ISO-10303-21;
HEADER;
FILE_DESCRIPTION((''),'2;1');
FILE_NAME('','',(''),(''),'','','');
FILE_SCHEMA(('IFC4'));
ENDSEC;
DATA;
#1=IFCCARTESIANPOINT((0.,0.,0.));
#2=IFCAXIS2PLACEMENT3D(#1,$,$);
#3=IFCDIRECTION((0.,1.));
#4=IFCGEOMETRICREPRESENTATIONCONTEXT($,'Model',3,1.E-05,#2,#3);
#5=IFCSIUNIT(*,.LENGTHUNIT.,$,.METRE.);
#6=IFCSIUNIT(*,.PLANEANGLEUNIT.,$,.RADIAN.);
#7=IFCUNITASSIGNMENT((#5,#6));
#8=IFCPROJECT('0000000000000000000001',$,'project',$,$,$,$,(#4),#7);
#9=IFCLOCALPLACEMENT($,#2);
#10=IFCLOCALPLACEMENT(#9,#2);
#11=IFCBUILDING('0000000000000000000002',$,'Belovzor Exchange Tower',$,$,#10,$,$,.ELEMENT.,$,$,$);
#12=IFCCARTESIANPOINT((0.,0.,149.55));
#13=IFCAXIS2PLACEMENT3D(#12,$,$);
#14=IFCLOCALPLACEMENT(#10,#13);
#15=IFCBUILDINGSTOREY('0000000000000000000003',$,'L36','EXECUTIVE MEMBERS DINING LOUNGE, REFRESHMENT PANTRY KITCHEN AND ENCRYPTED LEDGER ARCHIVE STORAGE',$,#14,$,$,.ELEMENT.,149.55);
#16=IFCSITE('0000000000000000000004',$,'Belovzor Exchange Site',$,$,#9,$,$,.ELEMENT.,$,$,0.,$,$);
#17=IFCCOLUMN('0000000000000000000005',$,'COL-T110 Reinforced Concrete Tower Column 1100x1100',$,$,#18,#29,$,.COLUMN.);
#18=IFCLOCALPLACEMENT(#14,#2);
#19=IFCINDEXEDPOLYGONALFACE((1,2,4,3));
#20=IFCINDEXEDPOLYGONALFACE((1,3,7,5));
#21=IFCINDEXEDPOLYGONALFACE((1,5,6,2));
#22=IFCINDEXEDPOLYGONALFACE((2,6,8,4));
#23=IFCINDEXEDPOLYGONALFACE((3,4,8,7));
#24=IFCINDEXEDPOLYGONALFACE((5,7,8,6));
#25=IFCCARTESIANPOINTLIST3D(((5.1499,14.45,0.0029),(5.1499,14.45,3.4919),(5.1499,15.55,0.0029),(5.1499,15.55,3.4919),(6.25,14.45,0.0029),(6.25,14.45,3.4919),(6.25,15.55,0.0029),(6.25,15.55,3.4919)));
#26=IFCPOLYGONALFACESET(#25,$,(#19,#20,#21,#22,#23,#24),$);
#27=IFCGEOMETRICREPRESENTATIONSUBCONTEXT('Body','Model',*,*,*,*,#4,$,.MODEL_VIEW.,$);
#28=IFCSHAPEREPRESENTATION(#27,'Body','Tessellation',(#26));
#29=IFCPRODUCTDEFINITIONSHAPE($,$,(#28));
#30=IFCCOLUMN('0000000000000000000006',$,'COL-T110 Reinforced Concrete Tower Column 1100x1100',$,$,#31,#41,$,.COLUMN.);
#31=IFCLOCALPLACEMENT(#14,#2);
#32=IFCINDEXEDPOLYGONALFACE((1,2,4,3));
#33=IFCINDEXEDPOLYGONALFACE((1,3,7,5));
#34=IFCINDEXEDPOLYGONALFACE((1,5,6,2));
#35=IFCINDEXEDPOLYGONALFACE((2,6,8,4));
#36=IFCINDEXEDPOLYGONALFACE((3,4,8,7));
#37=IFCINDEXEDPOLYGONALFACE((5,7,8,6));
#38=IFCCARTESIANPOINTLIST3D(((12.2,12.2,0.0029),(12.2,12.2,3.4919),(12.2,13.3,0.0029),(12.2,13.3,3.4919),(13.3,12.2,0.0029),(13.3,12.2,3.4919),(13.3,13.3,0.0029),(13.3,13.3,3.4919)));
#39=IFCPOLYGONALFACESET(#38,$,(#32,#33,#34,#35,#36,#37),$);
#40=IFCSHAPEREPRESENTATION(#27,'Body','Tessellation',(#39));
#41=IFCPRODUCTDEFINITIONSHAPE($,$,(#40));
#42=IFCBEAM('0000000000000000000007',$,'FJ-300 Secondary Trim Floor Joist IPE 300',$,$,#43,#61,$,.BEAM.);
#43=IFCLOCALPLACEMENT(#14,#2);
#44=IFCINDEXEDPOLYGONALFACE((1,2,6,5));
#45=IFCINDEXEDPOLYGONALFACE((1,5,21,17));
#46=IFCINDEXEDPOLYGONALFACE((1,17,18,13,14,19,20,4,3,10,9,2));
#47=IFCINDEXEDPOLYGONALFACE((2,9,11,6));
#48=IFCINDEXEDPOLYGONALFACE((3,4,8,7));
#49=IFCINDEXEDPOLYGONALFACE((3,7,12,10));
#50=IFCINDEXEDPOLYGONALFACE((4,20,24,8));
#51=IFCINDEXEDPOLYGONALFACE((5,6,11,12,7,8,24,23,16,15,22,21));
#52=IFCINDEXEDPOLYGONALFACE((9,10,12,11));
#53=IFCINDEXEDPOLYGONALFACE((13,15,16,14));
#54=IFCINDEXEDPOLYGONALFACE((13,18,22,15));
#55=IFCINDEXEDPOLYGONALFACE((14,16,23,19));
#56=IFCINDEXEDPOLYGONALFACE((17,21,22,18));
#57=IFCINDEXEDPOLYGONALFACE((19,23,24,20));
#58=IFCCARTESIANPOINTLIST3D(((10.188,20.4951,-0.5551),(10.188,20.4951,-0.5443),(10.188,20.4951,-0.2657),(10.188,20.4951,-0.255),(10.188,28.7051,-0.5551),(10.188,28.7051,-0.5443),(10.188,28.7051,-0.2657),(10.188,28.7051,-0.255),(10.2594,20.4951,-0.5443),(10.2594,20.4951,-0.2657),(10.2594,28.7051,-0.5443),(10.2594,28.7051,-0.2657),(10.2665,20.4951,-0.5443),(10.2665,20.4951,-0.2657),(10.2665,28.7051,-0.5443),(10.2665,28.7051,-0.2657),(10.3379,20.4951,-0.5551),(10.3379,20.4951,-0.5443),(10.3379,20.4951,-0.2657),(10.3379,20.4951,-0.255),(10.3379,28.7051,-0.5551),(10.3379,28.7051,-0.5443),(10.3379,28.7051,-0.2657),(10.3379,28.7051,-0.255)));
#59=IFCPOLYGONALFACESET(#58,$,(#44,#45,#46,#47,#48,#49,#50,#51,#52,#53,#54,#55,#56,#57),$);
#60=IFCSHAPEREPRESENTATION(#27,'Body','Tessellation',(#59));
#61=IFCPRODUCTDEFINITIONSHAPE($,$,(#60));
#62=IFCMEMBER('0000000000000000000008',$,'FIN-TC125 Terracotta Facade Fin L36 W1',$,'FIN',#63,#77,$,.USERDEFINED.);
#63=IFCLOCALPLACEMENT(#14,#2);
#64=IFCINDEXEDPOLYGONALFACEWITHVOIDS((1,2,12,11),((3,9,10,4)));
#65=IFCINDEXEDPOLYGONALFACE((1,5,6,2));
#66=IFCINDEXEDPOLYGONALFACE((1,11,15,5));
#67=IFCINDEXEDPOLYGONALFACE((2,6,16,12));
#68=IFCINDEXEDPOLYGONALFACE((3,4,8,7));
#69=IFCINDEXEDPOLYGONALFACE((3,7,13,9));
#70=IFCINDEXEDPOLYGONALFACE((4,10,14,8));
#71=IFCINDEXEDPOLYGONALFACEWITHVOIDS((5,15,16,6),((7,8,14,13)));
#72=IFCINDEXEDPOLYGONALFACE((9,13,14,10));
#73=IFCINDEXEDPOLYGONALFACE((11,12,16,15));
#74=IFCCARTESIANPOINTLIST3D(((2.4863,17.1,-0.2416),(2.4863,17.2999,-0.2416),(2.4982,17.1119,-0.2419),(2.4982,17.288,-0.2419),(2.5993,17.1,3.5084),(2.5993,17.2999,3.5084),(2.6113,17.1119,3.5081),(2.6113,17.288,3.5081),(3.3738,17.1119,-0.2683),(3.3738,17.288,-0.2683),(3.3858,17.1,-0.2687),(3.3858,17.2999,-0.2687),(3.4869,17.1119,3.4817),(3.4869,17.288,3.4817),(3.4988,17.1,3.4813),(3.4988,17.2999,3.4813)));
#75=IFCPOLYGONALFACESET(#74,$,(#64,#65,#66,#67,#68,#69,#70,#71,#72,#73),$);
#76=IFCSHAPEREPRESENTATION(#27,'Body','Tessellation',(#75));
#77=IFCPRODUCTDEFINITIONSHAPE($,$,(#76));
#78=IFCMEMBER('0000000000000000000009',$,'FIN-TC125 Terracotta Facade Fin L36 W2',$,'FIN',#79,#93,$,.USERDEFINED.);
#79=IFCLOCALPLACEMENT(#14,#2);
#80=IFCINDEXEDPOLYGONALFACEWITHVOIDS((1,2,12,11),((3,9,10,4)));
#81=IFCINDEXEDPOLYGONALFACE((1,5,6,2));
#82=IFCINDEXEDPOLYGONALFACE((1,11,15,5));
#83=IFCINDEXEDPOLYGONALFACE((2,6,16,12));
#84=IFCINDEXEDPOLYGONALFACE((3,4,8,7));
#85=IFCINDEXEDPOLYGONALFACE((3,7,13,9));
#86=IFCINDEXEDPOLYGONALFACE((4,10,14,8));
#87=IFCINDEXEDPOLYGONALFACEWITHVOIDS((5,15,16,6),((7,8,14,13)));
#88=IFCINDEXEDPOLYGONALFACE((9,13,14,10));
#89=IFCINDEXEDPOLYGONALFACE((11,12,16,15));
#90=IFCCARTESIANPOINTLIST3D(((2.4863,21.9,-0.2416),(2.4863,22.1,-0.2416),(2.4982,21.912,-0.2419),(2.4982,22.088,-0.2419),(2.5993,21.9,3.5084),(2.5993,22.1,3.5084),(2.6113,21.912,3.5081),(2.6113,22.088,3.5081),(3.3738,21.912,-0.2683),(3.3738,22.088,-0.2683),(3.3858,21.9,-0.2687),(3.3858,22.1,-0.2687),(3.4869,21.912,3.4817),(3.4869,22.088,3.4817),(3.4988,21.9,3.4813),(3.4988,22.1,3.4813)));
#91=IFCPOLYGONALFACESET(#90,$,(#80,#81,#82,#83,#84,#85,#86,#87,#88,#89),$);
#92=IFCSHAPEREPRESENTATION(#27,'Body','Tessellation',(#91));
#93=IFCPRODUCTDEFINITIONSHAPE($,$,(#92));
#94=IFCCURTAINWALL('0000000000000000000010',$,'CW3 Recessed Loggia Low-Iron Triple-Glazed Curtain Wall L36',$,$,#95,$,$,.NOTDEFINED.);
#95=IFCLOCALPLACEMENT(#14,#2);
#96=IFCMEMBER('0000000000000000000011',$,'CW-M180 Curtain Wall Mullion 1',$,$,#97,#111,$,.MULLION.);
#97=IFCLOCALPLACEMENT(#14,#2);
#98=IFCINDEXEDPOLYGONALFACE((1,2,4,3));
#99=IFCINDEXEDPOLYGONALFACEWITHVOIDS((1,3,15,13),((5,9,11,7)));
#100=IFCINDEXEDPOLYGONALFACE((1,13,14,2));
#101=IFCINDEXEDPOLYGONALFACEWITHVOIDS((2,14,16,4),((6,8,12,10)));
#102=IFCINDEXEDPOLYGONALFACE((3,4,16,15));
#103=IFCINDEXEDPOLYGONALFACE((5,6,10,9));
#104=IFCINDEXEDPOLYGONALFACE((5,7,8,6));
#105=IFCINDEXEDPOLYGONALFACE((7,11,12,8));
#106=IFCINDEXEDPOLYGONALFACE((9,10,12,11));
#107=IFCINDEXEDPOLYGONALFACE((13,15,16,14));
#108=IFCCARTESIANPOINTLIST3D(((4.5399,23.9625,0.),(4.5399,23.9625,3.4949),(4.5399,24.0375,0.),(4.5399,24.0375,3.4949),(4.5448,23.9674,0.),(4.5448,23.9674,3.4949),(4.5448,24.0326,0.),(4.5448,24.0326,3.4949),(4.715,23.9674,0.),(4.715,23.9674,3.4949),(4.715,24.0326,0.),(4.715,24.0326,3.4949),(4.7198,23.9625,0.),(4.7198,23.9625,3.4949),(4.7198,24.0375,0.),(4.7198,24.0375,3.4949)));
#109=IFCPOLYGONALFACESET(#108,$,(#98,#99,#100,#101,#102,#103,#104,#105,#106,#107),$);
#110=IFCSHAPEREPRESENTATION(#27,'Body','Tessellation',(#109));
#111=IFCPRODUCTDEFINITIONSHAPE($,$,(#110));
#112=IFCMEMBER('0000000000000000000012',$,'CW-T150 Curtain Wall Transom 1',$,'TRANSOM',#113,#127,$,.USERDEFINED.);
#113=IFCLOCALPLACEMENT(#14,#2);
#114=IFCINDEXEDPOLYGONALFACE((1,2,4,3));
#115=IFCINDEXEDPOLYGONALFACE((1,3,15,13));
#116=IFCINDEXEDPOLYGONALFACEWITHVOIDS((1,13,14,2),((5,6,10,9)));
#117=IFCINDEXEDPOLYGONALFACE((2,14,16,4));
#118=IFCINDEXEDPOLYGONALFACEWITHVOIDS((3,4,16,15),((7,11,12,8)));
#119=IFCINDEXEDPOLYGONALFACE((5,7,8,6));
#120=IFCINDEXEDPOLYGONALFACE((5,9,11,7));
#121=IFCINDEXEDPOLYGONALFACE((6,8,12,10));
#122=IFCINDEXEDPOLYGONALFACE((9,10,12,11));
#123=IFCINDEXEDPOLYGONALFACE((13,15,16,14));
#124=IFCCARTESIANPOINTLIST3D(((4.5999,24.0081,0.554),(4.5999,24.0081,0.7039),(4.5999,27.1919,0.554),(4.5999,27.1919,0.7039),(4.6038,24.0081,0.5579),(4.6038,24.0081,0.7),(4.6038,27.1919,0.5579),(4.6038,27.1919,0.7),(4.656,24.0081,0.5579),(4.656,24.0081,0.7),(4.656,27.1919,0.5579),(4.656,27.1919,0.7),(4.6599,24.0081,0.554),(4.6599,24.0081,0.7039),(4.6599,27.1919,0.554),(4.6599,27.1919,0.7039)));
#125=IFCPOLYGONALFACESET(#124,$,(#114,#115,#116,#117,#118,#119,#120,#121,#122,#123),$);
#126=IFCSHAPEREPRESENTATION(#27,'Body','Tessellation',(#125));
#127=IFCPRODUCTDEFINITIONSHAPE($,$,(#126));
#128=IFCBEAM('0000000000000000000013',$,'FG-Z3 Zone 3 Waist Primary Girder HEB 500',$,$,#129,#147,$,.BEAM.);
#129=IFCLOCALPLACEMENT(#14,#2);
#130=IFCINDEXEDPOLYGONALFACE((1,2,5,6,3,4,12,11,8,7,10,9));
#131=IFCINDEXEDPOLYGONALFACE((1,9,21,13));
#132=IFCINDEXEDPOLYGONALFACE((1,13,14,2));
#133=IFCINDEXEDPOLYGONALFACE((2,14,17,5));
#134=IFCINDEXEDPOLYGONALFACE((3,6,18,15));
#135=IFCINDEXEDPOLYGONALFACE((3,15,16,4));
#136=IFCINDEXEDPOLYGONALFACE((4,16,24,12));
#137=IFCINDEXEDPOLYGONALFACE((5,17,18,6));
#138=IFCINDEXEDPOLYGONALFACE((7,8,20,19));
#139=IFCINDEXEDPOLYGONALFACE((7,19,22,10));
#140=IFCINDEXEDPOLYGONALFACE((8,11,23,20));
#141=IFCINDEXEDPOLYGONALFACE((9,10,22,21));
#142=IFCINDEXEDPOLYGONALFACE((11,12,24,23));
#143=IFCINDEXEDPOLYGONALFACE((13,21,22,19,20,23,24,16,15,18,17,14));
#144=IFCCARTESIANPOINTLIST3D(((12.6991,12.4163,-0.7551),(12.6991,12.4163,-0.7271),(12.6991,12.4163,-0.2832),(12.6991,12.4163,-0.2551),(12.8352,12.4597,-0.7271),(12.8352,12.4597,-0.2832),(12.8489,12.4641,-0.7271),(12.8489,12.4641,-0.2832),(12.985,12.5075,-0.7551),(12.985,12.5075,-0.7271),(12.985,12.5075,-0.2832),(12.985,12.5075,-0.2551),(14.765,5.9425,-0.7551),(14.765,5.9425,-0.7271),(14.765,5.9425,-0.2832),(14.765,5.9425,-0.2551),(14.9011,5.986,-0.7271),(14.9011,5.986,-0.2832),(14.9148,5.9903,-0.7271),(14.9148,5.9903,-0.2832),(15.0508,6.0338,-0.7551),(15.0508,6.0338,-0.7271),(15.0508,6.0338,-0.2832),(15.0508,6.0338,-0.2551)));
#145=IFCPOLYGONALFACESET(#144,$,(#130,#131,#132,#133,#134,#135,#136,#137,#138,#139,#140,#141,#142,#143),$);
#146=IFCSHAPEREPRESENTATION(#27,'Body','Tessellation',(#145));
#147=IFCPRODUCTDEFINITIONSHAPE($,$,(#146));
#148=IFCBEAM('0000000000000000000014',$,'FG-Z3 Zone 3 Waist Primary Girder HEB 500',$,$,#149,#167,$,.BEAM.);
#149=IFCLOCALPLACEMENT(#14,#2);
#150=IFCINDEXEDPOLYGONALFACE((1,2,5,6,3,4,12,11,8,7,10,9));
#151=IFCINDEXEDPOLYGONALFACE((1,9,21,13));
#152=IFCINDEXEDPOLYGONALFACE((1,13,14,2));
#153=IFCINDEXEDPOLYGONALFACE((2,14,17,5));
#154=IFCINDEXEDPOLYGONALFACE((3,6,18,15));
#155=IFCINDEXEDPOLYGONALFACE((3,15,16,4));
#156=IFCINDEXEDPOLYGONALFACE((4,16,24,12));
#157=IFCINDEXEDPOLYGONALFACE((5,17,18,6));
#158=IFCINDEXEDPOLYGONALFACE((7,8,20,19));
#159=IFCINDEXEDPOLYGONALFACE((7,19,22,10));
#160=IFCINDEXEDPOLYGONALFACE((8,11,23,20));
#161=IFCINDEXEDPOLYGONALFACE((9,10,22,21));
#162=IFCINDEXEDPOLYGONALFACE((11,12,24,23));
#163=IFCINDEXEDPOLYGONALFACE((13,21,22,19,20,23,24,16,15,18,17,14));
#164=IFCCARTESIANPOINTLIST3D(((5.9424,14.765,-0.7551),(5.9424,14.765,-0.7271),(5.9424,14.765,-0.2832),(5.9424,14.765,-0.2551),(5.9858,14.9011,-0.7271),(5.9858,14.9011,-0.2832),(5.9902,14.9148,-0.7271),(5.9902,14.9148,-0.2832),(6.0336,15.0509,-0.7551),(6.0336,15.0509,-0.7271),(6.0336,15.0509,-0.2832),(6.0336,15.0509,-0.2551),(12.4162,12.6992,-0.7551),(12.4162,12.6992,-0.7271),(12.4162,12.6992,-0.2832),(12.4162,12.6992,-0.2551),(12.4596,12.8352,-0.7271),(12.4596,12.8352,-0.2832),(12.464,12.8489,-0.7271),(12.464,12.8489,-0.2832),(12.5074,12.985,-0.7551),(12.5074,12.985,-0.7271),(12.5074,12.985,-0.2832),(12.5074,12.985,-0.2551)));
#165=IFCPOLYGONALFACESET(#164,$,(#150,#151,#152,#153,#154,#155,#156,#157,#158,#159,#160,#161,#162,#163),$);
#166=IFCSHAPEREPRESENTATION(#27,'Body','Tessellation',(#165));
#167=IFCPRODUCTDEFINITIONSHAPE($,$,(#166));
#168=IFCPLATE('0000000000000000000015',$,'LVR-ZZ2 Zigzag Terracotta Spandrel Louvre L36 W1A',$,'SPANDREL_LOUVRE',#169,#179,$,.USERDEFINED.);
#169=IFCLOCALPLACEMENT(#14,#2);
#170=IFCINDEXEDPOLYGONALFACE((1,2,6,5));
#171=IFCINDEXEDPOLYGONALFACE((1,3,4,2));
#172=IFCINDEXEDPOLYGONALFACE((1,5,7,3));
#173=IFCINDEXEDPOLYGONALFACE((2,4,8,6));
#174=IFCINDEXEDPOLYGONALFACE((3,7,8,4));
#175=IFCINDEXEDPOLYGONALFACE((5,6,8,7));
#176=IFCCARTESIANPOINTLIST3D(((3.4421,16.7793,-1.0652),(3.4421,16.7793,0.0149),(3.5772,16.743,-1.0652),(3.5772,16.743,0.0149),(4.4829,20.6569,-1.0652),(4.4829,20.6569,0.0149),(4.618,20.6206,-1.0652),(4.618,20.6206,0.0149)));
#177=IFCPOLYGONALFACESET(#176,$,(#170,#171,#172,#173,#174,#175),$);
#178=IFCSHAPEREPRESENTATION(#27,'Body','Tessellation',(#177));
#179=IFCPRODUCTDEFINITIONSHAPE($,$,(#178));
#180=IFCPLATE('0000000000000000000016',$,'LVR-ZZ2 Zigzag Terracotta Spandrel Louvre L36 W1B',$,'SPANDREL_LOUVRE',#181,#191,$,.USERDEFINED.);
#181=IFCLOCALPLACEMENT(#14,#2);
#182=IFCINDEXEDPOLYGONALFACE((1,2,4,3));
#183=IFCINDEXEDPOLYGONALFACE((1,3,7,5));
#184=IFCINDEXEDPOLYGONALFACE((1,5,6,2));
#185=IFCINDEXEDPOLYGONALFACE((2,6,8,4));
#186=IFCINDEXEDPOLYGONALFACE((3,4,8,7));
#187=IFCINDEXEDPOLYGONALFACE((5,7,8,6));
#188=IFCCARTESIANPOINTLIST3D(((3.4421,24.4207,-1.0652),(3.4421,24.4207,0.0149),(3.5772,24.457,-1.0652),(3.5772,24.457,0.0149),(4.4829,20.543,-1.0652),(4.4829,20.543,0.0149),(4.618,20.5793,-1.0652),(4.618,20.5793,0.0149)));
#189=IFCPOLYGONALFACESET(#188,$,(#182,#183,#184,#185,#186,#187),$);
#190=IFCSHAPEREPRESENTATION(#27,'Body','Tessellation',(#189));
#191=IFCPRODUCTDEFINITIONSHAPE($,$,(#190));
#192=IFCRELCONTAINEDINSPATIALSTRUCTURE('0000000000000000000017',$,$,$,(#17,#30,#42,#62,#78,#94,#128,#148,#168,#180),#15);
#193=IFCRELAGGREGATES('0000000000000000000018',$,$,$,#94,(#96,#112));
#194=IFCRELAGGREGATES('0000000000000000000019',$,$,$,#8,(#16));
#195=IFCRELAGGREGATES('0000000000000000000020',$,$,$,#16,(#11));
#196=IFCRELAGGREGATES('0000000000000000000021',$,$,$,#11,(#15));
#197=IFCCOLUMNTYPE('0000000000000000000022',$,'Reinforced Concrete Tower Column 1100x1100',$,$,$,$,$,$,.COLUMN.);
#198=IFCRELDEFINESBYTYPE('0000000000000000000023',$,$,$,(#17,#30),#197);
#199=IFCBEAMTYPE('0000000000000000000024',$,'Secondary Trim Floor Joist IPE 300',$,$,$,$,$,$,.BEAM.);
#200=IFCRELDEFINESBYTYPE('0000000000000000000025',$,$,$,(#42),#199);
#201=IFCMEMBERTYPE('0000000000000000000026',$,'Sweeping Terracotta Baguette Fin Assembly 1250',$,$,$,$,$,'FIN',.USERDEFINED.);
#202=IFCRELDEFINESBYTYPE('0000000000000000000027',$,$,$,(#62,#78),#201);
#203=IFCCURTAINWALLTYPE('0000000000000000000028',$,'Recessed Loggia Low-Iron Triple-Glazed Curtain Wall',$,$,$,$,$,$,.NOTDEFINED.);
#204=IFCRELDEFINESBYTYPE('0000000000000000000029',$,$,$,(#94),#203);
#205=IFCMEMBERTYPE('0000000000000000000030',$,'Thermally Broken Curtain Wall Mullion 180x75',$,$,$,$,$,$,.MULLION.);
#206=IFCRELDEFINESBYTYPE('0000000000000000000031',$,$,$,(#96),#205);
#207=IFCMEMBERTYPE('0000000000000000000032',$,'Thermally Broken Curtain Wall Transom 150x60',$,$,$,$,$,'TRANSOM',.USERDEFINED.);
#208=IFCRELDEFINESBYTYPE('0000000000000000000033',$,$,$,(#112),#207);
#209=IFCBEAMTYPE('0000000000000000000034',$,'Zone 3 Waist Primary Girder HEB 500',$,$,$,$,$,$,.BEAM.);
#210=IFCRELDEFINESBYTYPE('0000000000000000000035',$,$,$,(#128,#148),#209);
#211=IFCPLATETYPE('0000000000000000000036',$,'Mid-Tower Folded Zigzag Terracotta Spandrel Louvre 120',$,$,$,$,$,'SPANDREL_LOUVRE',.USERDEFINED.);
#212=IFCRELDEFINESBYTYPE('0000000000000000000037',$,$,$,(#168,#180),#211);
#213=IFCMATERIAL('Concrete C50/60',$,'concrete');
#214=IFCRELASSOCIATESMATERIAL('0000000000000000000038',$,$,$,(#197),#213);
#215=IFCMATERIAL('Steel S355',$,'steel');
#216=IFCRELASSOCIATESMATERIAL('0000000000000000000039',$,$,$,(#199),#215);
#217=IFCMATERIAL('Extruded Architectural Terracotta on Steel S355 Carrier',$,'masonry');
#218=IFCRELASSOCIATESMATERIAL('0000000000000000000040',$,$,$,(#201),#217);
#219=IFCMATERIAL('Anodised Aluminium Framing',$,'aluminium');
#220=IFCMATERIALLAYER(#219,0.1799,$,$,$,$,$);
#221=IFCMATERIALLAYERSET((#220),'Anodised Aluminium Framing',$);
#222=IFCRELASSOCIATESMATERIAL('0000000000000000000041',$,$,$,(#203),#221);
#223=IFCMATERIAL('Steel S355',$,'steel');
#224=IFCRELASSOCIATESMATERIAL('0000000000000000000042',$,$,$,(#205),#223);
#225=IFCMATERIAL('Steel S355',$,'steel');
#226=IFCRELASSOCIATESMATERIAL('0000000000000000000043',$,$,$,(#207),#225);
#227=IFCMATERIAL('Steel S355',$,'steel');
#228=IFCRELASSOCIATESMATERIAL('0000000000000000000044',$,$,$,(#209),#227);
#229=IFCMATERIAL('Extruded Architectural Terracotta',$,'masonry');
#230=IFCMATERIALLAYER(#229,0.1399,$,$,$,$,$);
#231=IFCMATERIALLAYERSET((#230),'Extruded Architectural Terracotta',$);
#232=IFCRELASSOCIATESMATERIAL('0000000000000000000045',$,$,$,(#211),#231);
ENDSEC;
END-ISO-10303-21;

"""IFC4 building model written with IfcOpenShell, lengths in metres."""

from ifc_helpers import new_model, si_unit, direction, frame, origin, origin_2d, place, context, subcontext, project, spatial, rectangle, hollow_rectangle, i_section, extrude, material, layer, layer_set, material_profile, profile_set, type_object, element, aggregate, save


model = new_model("IFC4")

# Units and contexts
model_context = context("Model", 3, precision=1e-05, world=origin(), true_north=direction((0.0, 1.0)))
body_context = subcontext(model_context, "Body", "Model", "MODEL_VIEW")
ifc_project = project(units=[si_unit("LENGTHUNIT", "METRE"), si_unit("PLANEANGLEUNIT", "RADIAN")], contexts=[model_context])

# Site, building, storey
site_placement = place(None, origin())
site = spatial("IfcSite", under=ifc_project, at=site_placement, Name="Belovzor Exchange Site", CompositionType="ELEMENT", RefElevation=0.0)
building_placement = place(site_placement, origin())
building = spatial("IfcBuilding", under=site, at=building_placement, Name="Belovzor Exchange Tower", CompositionType="ELEMENT")
storey_placement = place(building_placement, frame((0.0, 0.0, 149.55)))
storey = spatial("IfcBuildingStorey", under=building, at=storey_placement, Name="L36", Description="EXECUTIVE MEMBERS DINING LOUNGE, REFRESHMENT PANTRY KITCHEN AND ENCRYPTED LEDGER ARCHIVE STORAGE", CompositionType="ELEMENT", Elevation=149.55)

# Columns
ifc_material_1 = material(Name="Concrete C50/60", Category="concrete")
ifc_material_profile_1 = material_profile(ifc_material_1, rectangle(XDim=1.1001, YDim=1.1001, at=origin_2d()))
ifc_profile_set_1 = profile_set([ifc_material_profile_1], Name="Concrete C50/60")
column_type = type_object("IfcColumnType", Name="Reinforced Concrete Tower Column 1100x1100", PredefinedType="COLUMN", material=ifc_profile_set_1)
for number, where, z_axis, x_axis, name in (
    (1, (5.7, 15.0, 0.0029), (0.0, 0.0, 1.0), (1.0, 0.0, 0.0), "COL-T110 Reinforced Concrete Tower Column 1100x1100"),
    (2, (12.75, 12.75, 0.0029), (0.0, 0.0, 1.0), (1.0, 0.0, 0.0), "COL-T110 Reinforced Concrete Tower Column 1100x1100"),
):
    element("IfcColumn", number, at=place(storey_placement, frame(where, z_axis=z_axis, x_axis=x_axis)), inside=storey, type_object=column_type, Name=name, PredefinedType="COLUMN", context=body_context, shape_type="SweptSolid", body=[
        extrude(rectangle(XDim=1.1001, YDim=1.1001, at=origin_2d()), origin(), (0.0, 0.0, 1.0), 3.489),
    ])

# Beam
ifc_material_2 = material(Name="Steel S355", Category="steel")
ifc_material_profile_2 = material_profile(ifc_material_2, i_section(OverallWidth=0.1499, OverallDepth=0.3, WebThickness=0.0071, FlangeThickness=0.0107, at=origin_2d()))
ifc_profile_set_2 = profile_set([ifc_material_profile_2], Name="Steel S355")
beam_type_1 = type_object("IfcBeamType", Name="Secondary Trim Floor Joist IPE 300", PredefinedType="BEAM", material=ifc_profile_set_2)
beam_placement = place(storey_placement, frame((10.2629, 20.4951, -0.405), z_axis=(0.0, 1.0, 0.0), x_axis=(-1.0, 0.0, 0.0)))
element("IfcBeam", 3, at=beam_placement, inside=storey, type_object=beam_type_1, Name="FJ-300 Secondary Trim Floor Joist IPE 300", PredefinedType="BEAM", context=body_context, shape_type="SweptSolid", body=[
    extrude(i_section(OverallWidth=0.1499, OverallDepth=0.3, WebThickness=0.0071, FlangeThickness=0.0107, at=origin_2d()), origin(), (0.0, 0.0, 1.0), 8.21),
])

# Members
ifc_material_3 = material(Name="Extruded Architectural Terracotta on Steel S355 Carrier", Category="masonry")
ifc_material_profile_3 = material_profile(ifc_material_3, hollow_rectangle(XDim=0.2, YDim=0.8999, WallThickness=0.012, at=origin_2d()))
ifc_profile_set_3 = profile_set([ifc_material_profile_3], Name="Extruded Architectural Terracotta on Steel S355 Carrier")
member_type_1 = type_object("IfcMemberType", Name="Sweeping Terracotta Baguette Fin Assembly 1250", ElementType="FIN", PredefinedType="USERDEFINED", material=ifc_profile_set_3)
for number, where, z_axis, x_axis, name in (
    (4, (2.936, 17.2, -0.2551), (0.03013, 0.0, 0.999546), (0.0, 1.0, 0.0), "FIN-TC125 Terracotta Facade Fin L36 W1"),
    (5, (2.936, 22.0, -0.2551), (0.03013, 0.0, 0.999546), (0.0, 1.0, 0.0), "FIN-TC125 Terracotta Facade Fin L36 W2"),
):
    element("IfcMember", number, at=place(storey_placement, frame(where, z_axis=z_axis, x_axis=x_axis)), inside=storey, type_object=member_type_1, Name=name, ObjectType="FIN", PredefinedType="USERDEFINED", context=body_context, shape_type="SweptSolid", body=[
        extrude(hollow_rectangle(XDim=0.2, YDim=0.8999, WallThickness=0.012, at=origin_2d()), origin(), (0.0, 0.0, 1.0), 3.7517),
    ])

# Curtain wall, members
ifc_material_4 = material(Name="Anodised Aluminium Framing", Category="aluminium")
ifc_layer_1 = layer(ifc_material_4, 0.1799)
ifc_layer_set_1 = layer_set([ifc_layer_1], Name="Anodised Aluminium Framing")
curtain_wall_type = type_object("IfcCurtainWallType", Name="Recessed Loggia Low-Iron Triple-Glazed Curtain Wall", PredefinedType="NOTDEFINED", material=ifc_layer_set_1)
curtain_wall_placement = place(storey_placement, origin())
curtain_wall = element("IfcCurtainWall", 6, at=curtain_wall_placement, inside=storey, type_object=curtain_wall_type, Name="CW3 Recessed Loggia Low-Iron Triple-Glazed Curtain Wall L36", PredefinedType="NOTDEFINED")
ifc_material_5 = material(Name="Steel S355", Category="steel")
ifc_material_profile_4 = material_profile(ifc_material_5, hollow_rectangle(XDim=0.075, YDim=0.1799, WallThickness=0.0049, at=origin_2d()))
ifc_profile_set_4 = profile_set([ifc_material_profile_4], Name="Steel S355")
member_type_2 = type_object("IfcMemberType", Name="Thermally Broken Curtain Wall Mullion 180x75", PredefinedType="MULLION", material=ifc_profile_set_4)
member_1_placement = place(storey_placement, frame((4.6299, 24.0, 0.0), z_axis=(0.0, 0.0, 1.0), x_axis=(0.0, 1.0, 0.0)))
member_1 = element("IfcMember", 7, at=member_1_placement, type_object=member_type_2, Name="CW-M180 Curtain Wall Mullion 1", PredefinedType="MULLION", context=body_context, shape_type="SweptSolid", body=[
    extrude(hollow_rectangle(XDim=0.075, YDim=0.1799, WallThickness=0.0049, at=origin_2d()), origin(), (0.0, 0.0, 1.0), 3.4949),
])
ifc_material_6 = material(Name="Steel S355", Category="steel")
ifc_material_profile_5 = material_profile(ifc_material_6, hollow_rectangle(XDim=0.0601, YDim=0.1499, WallThickness=0.0039, at=origin_2d()))
ifc_profile_set_5 = profile_set([ifc_material_profile_5], Name="Steel S355")
member_type_3 = type_object("IfcMemberType", Name="Thermally Broken Curtain Wall Transom 150x60", ElementType="TRANSOM", PredefinedType="USERDEFINED", material=ifc_profile_set_5)
member_2_placement = place(storey_placement, frame((4.6299, 24.0081, 0.6289), z_axis=(0.0, 1.0, 0.0), x_axis=(-1.0, 0.0, 0.0)))
member_2 = element("IfcMember", 8, at=member_2_placement, type_object=member_type_3, Name="CW-T150 Curtain Wall Transom 1", ObjectType="TRANSOM", PredefinedType="USERDEFINED", context=body_context, shape_type="SweptSolid", body=[
    extrude(hollow_rectangle(XDim=0.0601, YDim=0.1499, WallThickness=0.0039, at=origin_2d()), origin(), (0.0, 0.0, 1.0), 3.1838),
])

# Beams
ifc_material_7 = material(Name="Steel S355", Category="steel")
ifc_material_profile_6 = material_profile(ifc_material_7, i_section(OverallWidth=0.3, OverallDepth=0.5, WebThickness=0.0144, FlangeThickness=0.0281, at=origin_2d()))
ifc_profile_set_6 = profile_set([ifc_material_profile_6], Name="Steel S355")
beam_type_2 = type_object("IfcBeamType", Name="Zone 3 Waist Primary Girder HEB 500", PredefinedType="BEAM", material=ifc_profile_set_6)
for number, where, z_axis, x_axis, name in (
    (9, (12.842, 12.4619, -0.5051), (0.304012, -0.952668, 0.0), (0.952668, 0.304012, 0.0), "FG-Z3 Zone 3 Waist Primary Girder HEB 500"),
    (10, (5.988, 14.908, -0.5051), (0.952668, -0.304012, 0.0), (0.304012, 0.952668, 0.0), "FG-Z3 Zone 3 Waist Primary Girder HEB 500"),
):
    element("IfcBeam", number, at=place(storey_placement, frame(where, z_axis=z_axis, x_axis=x_axis)), inside=storey, type_object=beam_type_2, Name=name, PredefinedType="BEAM", context=body_context, shape_type="SweptSolid", body=[
        extrude(i_section(OverallWidth=0.3, OverallDepth=0.5, WebThickness=0.0144, FlangeThickness=0.0281, at=origin_2d()), origin(), (0.0, 0.0, 1.0), 6.7954),
    ])

# Plates
ifc_material_8 = material(Name="Extruded Architectural Terracotta", Category="masonry")
ifc_layer_2 = layer(ifc_material_8, 0.1399)
ifc_layer_set_2 = layer_set([ifc_layer_2], Name="Extruded Architectural Terracotta")
plate_type_1 = type_object("IfcPlateType", Name="Mid-Tower Folded Zigzag Terracotta Spandrel Louvre 120", ElementType="SPANDREL_LOUVRE", PredefinedType="USERDEFINED", material=ifc_layer_set_2)
for number, where, z_axis, x_axis, name in (
    (11, (4.03, 18.7, -1.0652), (0.0, 0.0, 1.0), (0.25924, 0.965813, 0.0), "LVR-ZZ2 Zigzag Terracotta Spandrel Louvre L36 W1A"),
    (12, (4.03, 22.5, -1.0652), (0.0, 0.0, 1.0), (-0.25924, 0.965813, 0.0), "LVR-ZZ2 Zigzag Terracotta Spandrel Louvre L36 W1B"),
):
    element("IfcPlate", number, at=place(storey_placement, frame(where, z_axis=z_axis, x_axis=x_axis)), inside=storey, type_object=plate_type_1, Name=name, ObjectType="SPANDREL_LOUVRE", PredefinedType="USERDEFINED", context=body_context, shape_type="SweptSolid", body=[
        extrude(rectangle(XDim=4.0149, YDim=0.1399, at=origin_2d()), origin(), (0.0, 0.0, 1.0), 1.0801),
    ])

aggregate(curtain_wall, [member_1, member_2])

save(model, "model.ifc")
